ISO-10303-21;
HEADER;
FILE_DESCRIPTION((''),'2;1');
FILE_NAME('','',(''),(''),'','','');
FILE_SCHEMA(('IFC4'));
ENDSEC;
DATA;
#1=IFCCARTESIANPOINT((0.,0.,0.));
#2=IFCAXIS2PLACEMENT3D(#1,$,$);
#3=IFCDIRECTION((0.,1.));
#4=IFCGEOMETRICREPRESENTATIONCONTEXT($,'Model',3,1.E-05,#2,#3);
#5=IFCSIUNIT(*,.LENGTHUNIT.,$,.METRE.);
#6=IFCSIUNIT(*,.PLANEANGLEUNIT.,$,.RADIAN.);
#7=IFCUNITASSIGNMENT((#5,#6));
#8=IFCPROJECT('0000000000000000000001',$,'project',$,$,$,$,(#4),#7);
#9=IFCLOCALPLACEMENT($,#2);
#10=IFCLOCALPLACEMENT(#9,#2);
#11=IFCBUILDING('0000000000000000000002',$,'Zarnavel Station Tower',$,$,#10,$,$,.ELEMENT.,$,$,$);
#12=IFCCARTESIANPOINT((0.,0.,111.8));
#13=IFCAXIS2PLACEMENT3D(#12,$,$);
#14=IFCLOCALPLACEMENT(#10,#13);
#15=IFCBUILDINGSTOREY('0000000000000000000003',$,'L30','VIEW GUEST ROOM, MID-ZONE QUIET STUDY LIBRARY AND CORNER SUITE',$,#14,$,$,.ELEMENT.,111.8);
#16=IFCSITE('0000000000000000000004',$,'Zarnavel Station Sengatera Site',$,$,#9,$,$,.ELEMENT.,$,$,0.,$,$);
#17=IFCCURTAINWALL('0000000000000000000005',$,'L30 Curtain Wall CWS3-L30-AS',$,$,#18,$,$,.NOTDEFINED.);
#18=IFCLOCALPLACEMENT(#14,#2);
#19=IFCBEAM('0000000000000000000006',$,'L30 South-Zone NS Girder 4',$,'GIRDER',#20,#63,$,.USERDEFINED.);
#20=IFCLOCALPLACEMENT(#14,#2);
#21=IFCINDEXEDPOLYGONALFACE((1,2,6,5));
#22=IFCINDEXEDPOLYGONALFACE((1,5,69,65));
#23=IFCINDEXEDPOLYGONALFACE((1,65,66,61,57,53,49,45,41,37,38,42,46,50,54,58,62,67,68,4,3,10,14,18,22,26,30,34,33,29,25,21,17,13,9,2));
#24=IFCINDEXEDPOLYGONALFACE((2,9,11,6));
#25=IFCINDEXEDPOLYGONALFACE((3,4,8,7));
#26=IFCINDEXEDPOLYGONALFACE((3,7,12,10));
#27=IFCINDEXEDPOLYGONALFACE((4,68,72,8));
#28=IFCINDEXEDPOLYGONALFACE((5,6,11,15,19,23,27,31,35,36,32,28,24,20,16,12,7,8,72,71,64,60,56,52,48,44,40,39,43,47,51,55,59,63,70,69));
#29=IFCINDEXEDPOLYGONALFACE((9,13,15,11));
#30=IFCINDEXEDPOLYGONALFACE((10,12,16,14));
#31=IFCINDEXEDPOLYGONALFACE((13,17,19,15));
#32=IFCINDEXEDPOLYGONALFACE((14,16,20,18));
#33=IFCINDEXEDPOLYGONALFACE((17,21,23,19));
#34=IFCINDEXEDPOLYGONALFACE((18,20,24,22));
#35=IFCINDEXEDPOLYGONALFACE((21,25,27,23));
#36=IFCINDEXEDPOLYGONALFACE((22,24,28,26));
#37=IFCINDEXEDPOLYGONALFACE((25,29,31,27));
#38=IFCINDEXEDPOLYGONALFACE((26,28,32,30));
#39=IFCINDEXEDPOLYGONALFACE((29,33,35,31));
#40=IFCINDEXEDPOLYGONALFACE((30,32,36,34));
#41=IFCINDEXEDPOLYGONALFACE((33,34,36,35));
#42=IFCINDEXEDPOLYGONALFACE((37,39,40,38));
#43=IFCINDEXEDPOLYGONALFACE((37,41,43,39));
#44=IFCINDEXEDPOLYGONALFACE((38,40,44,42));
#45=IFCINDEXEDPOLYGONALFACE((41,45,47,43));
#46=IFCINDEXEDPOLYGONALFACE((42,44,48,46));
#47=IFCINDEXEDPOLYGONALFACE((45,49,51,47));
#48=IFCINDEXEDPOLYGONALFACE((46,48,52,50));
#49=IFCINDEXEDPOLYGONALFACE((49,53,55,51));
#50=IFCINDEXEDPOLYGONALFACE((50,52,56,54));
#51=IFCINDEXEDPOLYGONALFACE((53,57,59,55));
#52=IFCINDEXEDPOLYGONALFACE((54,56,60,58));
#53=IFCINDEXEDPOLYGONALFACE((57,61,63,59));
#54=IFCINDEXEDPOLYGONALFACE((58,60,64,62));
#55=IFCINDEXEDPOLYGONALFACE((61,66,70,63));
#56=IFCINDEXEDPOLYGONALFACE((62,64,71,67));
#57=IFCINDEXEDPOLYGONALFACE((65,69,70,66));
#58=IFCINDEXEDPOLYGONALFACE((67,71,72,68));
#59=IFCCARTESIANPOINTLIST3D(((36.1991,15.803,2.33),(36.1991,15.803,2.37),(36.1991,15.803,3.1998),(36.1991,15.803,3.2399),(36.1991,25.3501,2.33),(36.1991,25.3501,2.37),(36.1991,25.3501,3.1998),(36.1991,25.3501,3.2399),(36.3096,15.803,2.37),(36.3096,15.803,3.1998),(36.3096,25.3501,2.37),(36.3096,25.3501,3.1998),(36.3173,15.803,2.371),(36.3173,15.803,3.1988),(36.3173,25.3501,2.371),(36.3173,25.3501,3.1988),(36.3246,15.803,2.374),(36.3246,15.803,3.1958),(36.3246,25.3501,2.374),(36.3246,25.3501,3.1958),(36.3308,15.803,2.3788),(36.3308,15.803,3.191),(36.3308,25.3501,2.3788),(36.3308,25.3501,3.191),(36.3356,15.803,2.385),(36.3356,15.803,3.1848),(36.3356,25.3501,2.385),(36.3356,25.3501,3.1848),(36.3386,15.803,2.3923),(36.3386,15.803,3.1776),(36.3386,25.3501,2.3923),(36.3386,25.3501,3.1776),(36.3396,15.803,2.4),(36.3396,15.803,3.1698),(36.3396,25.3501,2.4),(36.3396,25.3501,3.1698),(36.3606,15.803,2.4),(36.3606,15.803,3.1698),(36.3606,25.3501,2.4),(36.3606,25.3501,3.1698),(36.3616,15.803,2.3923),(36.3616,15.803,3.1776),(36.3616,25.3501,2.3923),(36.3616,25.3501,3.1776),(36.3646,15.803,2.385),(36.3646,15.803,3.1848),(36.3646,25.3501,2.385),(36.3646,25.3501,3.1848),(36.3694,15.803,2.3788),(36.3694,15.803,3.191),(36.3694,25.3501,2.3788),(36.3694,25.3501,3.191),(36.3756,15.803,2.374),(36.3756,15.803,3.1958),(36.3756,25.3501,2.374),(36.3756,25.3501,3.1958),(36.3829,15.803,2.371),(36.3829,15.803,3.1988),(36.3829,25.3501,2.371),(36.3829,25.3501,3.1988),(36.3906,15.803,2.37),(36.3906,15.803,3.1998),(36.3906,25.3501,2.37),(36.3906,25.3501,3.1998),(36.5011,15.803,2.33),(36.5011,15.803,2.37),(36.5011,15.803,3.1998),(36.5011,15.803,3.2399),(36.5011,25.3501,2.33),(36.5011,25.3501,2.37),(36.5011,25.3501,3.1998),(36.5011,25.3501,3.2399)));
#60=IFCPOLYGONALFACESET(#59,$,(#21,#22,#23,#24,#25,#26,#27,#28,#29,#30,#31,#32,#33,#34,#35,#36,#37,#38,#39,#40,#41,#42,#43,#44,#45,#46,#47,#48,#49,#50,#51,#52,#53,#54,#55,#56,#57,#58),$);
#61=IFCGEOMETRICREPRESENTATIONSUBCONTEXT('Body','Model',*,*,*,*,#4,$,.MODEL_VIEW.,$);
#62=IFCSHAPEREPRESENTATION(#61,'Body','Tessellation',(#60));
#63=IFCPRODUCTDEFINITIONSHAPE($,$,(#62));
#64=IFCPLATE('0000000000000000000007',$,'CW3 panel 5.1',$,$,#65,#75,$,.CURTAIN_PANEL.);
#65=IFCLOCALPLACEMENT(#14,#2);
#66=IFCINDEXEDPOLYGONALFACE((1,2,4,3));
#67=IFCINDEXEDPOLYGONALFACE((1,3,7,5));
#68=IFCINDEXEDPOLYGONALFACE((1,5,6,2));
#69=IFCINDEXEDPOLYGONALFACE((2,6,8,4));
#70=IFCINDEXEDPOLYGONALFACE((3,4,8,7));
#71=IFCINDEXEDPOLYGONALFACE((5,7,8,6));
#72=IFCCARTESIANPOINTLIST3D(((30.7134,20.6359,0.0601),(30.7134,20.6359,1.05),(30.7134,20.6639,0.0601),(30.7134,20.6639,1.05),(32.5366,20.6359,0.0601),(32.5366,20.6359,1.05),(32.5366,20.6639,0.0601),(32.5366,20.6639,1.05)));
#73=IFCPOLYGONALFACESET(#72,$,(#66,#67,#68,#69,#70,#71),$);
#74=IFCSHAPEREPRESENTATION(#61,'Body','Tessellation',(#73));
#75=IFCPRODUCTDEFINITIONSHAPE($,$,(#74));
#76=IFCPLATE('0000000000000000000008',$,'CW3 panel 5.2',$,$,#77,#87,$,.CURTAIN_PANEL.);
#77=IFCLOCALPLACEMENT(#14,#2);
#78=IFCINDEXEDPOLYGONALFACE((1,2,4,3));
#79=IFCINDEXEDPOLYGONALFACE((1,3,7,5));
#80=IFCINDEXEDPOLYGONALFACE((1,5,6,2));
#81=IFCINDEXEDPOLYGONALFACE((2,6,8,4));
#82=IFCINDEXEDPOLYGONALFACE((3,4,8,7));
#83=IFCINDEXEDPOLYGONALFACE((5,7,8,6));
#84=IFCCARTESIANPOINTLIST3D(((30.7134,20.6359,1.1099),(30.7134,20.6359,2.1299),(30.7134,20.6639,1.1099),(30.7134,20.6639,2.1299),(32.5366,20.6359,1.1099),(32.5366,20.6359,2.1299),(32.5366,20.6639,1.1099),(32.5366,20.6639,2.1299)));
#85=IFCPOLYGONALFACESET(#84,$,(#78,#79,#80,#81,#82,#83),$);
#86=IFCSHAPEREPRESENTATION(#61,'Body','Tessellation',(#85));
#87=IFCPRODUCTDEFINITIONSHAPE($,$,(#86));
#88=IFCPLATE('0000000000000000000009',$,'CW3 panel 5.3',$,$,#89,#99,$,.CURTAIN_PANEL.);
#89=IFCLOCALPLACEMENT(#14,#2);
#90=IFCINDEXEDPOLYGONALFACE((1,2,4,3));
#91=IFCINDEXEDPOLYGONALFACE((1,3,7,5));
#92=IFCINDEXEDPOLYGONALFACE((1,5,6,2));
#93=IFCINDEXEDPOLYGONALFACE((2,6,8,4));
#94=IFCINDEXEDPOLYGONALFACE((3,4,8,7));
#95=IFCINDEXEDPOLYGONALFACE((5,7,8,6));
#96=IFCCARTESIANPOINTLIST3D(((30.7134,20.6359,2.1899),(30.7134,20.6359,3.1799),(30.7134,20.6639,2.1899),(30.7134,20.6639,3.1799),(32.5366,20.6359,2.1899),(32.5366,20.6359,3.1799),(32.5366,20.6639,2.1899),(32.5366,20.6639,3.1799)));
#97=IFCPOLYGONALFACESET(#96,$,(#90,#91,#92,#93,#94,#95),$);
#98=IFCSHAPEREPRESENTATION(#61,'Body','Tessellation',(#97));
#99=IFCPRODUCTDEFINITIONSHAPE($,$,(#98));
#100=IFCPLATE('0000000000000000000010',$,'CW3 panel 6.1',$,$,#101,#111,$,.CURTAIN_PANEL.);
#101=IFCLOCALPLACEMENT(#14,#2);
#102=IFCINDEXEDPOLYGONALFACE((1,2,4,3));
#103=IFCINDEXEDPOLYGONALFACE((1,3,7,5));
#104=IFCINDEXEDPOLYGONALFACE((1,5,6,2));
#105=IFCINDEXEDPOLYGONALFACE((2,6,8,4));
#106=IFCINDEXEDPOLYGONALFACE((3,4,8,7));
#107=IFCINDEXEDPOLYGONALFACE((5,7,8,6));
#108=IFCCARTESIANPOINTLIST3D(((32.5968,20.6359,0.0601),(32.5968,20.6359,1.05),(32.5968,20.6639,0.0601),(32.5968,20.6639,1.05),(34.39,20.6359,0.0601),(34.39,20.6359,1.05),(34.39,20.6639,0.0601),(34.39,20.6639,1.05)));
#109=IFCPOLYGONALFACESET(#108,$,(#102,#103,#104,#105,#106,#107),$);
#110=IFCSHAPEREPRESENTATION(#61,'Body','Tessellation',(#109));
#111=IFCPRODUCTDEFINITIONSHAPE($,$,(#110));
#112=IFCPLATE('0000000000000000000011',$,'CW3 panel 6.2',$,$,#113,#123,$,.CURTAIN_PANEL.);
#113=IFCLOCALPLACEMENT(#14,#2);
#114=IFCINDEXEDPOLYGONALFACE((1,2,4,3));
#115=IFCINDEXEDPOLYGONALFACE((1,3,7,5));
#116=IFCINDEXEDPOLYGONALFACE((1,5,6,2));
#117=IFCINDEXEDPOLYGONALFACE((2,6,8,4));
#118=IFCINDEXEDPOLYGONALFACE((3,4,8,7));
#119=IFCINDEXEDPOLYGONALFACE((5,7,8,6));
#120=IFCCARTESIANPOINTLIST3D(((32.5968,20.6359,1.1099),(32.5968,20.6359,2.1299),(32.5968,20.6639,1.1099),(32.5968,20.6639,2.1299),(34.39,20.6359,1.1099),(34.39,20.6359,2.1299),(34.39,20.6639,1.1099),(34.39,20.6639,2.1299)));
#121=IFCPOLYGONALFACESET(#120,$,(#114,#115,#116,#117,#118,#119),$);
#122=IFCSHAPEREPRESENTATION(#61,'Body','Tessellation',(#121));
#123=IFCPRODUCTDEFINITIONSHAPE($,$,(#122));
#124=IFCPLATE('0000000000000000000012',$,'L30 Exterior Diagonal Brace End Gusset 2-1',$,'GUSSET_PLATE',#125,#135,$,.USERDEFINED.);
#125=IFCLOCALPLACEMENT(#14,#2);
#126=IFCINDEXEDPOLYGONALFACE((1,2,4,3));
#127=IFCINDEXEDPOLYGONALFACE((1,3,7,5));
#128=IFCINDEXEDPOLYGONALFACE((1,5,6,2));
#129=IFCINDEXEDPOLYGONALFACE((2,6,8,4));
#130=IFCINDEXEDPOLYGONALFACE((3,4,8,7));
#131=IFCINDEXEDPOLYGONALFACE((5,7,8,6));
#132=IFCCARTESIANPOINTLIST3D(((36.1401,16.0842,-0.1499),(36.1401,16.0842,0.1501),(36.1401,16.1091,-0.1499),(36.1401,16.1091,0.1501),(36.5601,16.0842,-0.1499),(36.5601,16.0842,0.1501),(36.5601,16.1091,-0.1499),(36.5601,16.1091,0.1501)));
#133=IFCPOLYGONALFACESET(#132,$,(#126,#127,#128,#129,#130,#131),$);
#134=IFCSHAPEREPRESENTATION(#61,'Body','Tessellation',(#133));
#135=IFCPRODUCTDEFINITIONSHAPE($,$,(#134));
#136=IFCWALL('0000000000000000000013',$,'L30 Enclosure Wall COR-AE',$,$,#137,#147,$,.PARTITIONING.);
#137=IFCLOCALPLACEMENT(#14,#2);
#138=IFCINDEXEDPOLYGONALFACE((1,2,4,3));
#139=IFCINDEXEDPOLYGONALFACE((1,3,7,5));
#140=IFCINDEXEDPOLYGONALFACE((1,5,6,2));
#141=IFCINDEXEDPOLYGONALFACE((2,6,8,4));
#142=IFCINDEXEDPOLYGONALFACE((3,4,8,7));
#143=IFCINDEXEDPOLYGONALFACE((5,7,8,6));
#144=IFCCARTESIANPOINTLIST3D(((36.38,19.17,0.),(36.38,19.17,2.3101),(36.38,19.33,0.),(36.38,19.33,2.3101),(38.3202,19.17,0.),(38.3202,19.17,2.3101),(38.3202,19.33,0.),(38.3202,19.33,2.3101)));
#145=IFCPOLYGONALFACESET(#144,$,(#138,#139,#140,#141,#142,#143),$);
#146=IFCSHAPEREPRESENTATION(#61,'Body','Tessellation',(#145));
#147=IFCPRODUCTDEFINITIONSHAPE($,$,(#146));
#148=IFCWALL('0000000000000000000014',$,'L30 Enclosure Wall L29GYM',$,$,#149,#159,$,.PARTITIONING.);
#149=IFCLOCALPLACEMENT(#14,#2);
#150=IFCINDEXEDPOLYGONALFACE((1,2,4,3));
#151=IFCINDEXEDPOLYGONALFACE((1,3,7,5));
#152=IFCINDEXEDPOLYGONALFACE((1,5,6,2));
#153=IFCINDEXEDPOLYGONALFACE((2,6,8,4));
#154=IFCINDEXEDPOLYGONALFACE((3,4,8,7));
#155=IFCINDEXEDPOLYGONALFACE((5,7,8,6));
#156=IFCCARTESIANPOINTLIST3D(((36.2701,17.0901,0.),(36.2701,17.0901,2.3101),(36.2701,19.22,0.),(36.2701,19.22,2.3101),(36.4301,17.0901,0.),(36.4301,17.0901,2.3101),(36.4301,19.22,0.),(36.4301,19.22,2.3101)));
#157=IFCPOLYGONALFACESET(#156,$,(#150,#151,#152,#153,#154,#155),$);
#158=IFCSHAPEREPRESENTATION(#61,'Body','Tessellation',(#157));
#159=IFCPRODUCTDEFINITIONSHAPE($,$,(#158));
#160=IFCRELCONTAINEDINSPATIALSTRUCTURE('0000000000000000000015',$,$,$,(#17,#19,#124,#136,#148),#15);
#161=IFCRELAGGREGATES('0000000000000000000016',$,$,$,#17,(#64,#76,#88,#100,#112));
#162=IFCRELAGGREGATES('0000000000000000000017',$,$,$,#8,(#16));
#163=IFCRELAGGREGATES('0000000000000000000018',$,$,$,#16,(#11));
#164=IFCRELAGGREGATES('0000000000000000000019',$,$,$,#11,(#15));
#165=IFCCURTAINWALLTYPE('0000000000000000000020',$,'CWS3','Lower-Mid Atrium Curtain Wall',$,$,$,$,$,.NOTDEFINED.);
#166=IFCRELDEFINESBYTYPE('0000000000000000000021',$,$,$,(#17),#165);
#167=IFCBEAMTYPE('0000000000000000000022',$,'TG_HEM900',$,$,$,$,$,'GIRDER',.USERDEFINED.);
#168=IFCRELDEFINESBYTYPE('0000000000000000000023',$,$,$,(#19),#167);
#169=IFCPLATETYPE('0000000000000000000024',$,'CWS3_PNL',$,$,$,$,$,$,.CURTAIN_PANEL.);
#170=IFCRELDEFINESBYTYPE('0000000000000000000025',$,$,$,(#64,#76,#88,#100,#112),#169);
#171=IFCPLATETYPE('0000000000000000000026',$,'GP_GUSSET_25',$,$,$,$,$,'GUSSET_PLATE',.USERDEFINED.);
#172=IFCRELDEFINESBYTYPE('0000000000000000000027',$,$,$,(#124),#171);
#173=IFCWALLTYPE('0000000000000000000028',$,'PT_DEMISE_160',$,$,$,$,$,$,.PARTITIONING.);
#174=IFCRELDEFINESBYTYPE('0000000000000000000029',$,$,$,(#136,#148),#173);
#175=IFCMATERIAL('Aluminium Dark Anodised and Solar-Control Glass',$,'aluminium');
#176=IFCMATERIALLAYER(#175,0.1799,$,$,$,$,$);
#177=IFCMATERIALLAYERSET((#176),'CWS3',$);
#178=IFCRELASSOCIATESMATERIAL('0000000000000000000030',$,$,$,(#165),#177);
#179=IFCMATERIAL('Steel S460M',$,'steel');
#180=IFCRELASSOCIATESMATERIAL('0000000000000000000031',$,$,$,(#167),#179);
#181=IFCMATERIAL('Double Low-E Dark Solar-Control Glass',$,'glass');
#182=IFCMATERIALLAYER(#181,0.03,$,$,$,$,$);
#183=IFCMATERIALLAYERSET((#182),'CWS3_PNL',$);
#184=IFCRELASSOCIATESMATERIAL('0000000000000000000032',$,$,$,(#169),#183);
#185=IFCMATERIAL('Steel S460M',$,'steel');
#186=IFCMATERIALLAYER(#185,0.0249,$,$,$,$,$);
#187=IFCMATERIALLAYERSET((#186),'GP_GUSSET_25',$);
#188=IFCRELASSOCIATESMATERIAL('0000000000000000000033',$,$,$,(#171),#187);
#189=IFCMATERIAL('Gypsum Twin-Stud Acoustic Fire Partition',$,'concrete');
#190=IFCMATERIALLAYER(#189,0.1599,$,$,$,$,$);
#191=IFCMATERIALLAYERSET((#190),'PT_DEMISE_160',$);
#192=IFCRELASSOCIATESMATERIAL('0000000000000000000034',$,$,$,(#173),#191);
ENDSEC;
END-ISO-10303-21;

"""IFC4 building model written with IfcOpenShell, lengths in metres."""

from ifc_helpers import new_model, si_unit, direction, frame, frame_2d, origin, origin_2d, place, context, subcontext, project, spatial, rectangle, i_section, extrude, material, layer, layer_set, material_profile, profile_set, type_object, element, aggregate, save


model = new_model("IFC4")

# Units and contexts
model_context = context("Model", 3, precision=1e-05, world=origin(), true_north=direction((0.0, 1.0)))
body_context = subcontext(model_context, "Body", "Model", "MODEL_VIEW")
ifc_project = project(units=[si_unit("LENGTHUNIT", "METRE"), si_unit("PLANEANGLEUNIT", "RADIAN")], contexts=[model_context])

# Site, building, storey
site_placement = place(None, origin())
site = spatial("IfcSite", under=ifc_project, at=site_placement, Name="Zarnavel Station Sengatera Site", CompositionType="ELEMENT", RefElevation=0.0)
building_placement = place(site_placement, origin())
building = spatial("IfcBuilding", under=site, at=building_placement, Name="Zarnavel Station Tower", CompositionType="ELEMENT")
storey_placement = place(building_placement, frame((0.0, 0.0, 111.8)))
storey = spatial("IfcBuildingStorey", under=building, at=storey_placement, Name="L30", Description="VIEW GUEST ROOM, MID-ZONE QUIET STUDY LIBRARY AND CORNER SUITE", CompositionType="ELEMENT", Elevation=111.8)

# Curtain wall
ifc_material_1 = material(Name="Aluminium Dark Anodised and Solar-Control Glass", Category="aluminium")
ifc_layer_1 = layer(ifc_material_1, 0.1799)
ifc_layer_set_1 = layer_set([ifc_layer_1], Name="CWS3")
curtain_wall_type = type_object("IfcCurtainWallType", Name="CWS3", Description="Lower-Mid Atrium Curtain Wall", PredefinedType="NOTDEFINED", material=ifc_layer_set_1)
curtain_wall_placement = place(storey_placement, origin())
curtain_wall = element("IfcCurtainWall", 1, at=curtain_wall_placement, inside=storey, type_object=curtain_wall_type, Name="L30 Curtain Wall CWS3-L30-AS", PredefinedType="NOTDEFINED")

# Beam
ifc_material_2 = material(Name="Steel S460M", Category="steel")
ifc_material_profile_1 = material_profile(ifc_material_2, i_section(OverallWidth=0.302, OverallDepth=0.9099, WebThickness=0.021, FlangeThickness=0.04, FilletRadius=0.03, at=origin_2d()), Name="HEM900")
ifc_profile_set_1 = profile_set([ifc_material_profile_1], Name="Steel S460M")
beam_type_1 = type_object("IfcBeamType", Name="TG_HEM900", ElementType="GIRDER", PredefinedType="USERDEFINED", material=ifc_profile_set_1)
beam_1_placement = place(storey_placement, frame((36.3501, 15.803, 2.7849), z_axis=(0.0, 1.0, 0.0), x_axis=(-1.0, 0.0, 0.0)))
element("IfcBeam", 2, at=beam_1_placement, inside=storey, type_object=beam_type_1, Name="L30 South-Zone NS Girder 4", ObjectType="GIRDER", PredefinedType="USERDEFINED", context=body_context, shape_type="SweptSolid", body=[
    extrude(i_section(OverallWidth=0.302, OverallDepth=0.9099, WebThickness=0.021, FlangeThickness=0.04, FilletRadius=0.03, at=origin_2d()), origin(), (0.0, 0.0, 1.0), 9.5471),
])

# Plates
ifc_material_3 = material(Name="Double Low-E Dark Solar-Control Glass", Category="glass")
ifc_layer_2 = layer(ifc_material_3, 0.03)
ifc_layer_set_2 = layer_set([ifc_layer_2], Name="CWS3_PNL")
plate_type_1 = type_object("IfcPlateType", Name="CWS3_PNL", PredefinedType="CURTAIN_PANEL", material=ifc_layer_set_2)
plate_1_placement = place(storey_placement, frame((31.625, 20.6499, 0.0601), z_axis=(0.0, 0.0, 1.0), x_axis=(1.0, 0.0, 0.0)))
plate_1 = element("IfcPlate", 3, at=plate_1_placement, type_object=plate_type_1, Name="CW3 panel 5.1", PredefinedType="CURTAIN_PANEL", context=body_context, shape_type="SweptSolid", body=[
    extrude(rectangle(XDim=1.8232, YDim=0.0281, at=origin_2d()), origin(), (0.0, 0.0, 1.0), 0.99),
])
plate_2_placement = place(storey_placement, frame((31.625, 20.6499, 1.1099), z_axis=(0.0, 0.0, 1.0), x_axis=(1.0, 0.0, 0.0)))
plate_2 = element("IfcPlate", 4, at=plate_2_placement, type_object=plate_type_1, Name="CW3 panel 5.2", PredefinedType="CURTAIN_PANEL", context=body_context, shape_type="SweptSolid", body=[
    extrude(rectangle(XDim=1.8232, YDim=0.0281, at=origin_2d()), origin(), (0.0, 0.0, 1.0), 1.02),
])
plate_3_placement = place(storey_placement, frame((31.625, 20.6499, 2.1899), z_axis=(0.0, 0.0, 1.0), x_axis=(1.0, 0.0, 0.0)))
plate_3 = element("IfcPlate", 5, at=plate_3_placement, type_object=plate_type_1, Name="CW3 panel 5.3", PredefinedType="CURTAIN_PANEL", context=body_context, shape_type="SweptSolid", body=[
    extrude(rectangle(XDim=1.8232, YDim=0.0281, at=origin_2d()), origin(), (0.0, 0.0, 1.0), 0.99),
])
plate_4_placement = place(storey_placement, frame((33.4934, 20.6499, 0.0601), z_axis=(0.0, 0.0, 1.0), x_axis=(1.0, 0.0, 0.0)))
plate_4 = element("IfcPlate", 6, at=plate_4_placement, type_object=plate_type_1, Name="CW3 panel 6.1", PredefinedType="CURTAIN_PANEL", context=body_context, shape_type="SweptSolid", body=[
    extrude(rectangle(XDim=1.7932, YDim=0.0281, at=origin_2d()), origin(), (0.0, 0.0, 1.0), 0.99),
])
plate_5_placement = place(storey_placement, frame((33.4934, 20.6499, 1.1099), z_axis=(0.0, 0.0, 1.0), x_axis=(1.0, 0.0, 0.0)))
plate_5 = element("IfcPlate", 7, at=plate_5_placement, type_object=plate_type_1, Name="CW3 panel 6.2", PredefinedType="CURTAIN_PANEL", context=body_context, shape_type="SweptSolid", body=[
    extrude(rectangle(XDim=1.7932, YDim=0.0281, at=origin_2d()), origin(), (0.0, 0.0, 1.0), 1.02),
])
aggregate(curtain_wall, [plate_1, plate_2, plate_3, plate_4, plate_5])
ifc_material_4 = material(Name="Steel S460M", Category="steel")
ifc_layer_3 = layer(ifc_material_4, 0.0249)
ifc_layer_set_3 = layer_set([ifc_layer_3], Name="GP_GUSSET_25")
plate_type_2 = type_object("IfcPlateType", Name="GP_GUSSET_25", ElementType="GUSSET_PLATE", PredefinedType="USERDEFINED", material=ifc_layer_set_3)
plate_6_placement = place(storey_placement, frame((36.3501, 16.0967, -0.1499), z_axis=(0.0, 0.0, 1.0), x_axis=(1.0, 0.0, 0.0)))
element("IfcPlate", 8, at=plate_6_placement, inside=storey, type_object=plate_type_2, Name="L30 Exterior Diagonal Brace End Gusset 2-1", ObjectType="GUSSET_PLATE", PredefinedType="USERDEFINED", context=body_context, shape_type="SweptSolid", body=[
    extrude(rectangle(XDim=0.4199, YDim=0.0249, at=origin_2d()), origin(), (0.0, 0.0, 1.0), 0.3),
])

# Walls
ifc_material_5 = material(Name="Gypsum Twin-Stud Acoustic Fire Partition", Category="concrete")
ifc_layer_4 = layer(ifc_material_5, 0.1599)
ifc_layer_set_4 = layer_set([ifc_layer_4], Name="PT_DEMISE_160")
wall_type_1 = type_object("IfcWallType", Name="PT_DEMISE_160", PredefinedType="PARTITIONING", material=ifc_layer_set_4)
wall_1_placement = place(storey_placement, frame((36.3799, 19.25, 0.0), z_axis=(0.0, 0.0, 1.0), x_axis=(1.0, 0.0, 0.0)))
element("IfcWall", 9, at=wall_1_placement, inside=storey, type_object=wall_type_1, Name="L30 Enclosure Wall COR-AE", PredefinedType="PARTITIONING", context=body_context, shape_type="SweptSolid", body=[
    extrude(rectangle(XDim=1.9402, YDim=0.1599, at=frame_2d((0.9702, 0.0))), origin(), (0.0, 0.0, 1.0), 2.3101),
])
wall_2_placement = place(storey_placement, frame((36.3501, 17.0901, 0.0), z_axis=(0.0, 0.0, 1.0), x_axis=(0.0, 1.0, 0.0)))
element("IfcWall", 10, at=wall_2_placement, inside=storey, type_object=wall_type_1, Name="L30 Enclosure Wall L29GYM", PredefinedType="PARTITIONING", context=body_context, shape_type="SweptSolid", body=[
    extrude(rectangle(XDim=2.1299, YDim=0.1599, at=frame_2d((1.0649, 0.0))), origin(), (0.0, 0.0, 1.0), 2.3101),
])

save(model, "model.ifc")
